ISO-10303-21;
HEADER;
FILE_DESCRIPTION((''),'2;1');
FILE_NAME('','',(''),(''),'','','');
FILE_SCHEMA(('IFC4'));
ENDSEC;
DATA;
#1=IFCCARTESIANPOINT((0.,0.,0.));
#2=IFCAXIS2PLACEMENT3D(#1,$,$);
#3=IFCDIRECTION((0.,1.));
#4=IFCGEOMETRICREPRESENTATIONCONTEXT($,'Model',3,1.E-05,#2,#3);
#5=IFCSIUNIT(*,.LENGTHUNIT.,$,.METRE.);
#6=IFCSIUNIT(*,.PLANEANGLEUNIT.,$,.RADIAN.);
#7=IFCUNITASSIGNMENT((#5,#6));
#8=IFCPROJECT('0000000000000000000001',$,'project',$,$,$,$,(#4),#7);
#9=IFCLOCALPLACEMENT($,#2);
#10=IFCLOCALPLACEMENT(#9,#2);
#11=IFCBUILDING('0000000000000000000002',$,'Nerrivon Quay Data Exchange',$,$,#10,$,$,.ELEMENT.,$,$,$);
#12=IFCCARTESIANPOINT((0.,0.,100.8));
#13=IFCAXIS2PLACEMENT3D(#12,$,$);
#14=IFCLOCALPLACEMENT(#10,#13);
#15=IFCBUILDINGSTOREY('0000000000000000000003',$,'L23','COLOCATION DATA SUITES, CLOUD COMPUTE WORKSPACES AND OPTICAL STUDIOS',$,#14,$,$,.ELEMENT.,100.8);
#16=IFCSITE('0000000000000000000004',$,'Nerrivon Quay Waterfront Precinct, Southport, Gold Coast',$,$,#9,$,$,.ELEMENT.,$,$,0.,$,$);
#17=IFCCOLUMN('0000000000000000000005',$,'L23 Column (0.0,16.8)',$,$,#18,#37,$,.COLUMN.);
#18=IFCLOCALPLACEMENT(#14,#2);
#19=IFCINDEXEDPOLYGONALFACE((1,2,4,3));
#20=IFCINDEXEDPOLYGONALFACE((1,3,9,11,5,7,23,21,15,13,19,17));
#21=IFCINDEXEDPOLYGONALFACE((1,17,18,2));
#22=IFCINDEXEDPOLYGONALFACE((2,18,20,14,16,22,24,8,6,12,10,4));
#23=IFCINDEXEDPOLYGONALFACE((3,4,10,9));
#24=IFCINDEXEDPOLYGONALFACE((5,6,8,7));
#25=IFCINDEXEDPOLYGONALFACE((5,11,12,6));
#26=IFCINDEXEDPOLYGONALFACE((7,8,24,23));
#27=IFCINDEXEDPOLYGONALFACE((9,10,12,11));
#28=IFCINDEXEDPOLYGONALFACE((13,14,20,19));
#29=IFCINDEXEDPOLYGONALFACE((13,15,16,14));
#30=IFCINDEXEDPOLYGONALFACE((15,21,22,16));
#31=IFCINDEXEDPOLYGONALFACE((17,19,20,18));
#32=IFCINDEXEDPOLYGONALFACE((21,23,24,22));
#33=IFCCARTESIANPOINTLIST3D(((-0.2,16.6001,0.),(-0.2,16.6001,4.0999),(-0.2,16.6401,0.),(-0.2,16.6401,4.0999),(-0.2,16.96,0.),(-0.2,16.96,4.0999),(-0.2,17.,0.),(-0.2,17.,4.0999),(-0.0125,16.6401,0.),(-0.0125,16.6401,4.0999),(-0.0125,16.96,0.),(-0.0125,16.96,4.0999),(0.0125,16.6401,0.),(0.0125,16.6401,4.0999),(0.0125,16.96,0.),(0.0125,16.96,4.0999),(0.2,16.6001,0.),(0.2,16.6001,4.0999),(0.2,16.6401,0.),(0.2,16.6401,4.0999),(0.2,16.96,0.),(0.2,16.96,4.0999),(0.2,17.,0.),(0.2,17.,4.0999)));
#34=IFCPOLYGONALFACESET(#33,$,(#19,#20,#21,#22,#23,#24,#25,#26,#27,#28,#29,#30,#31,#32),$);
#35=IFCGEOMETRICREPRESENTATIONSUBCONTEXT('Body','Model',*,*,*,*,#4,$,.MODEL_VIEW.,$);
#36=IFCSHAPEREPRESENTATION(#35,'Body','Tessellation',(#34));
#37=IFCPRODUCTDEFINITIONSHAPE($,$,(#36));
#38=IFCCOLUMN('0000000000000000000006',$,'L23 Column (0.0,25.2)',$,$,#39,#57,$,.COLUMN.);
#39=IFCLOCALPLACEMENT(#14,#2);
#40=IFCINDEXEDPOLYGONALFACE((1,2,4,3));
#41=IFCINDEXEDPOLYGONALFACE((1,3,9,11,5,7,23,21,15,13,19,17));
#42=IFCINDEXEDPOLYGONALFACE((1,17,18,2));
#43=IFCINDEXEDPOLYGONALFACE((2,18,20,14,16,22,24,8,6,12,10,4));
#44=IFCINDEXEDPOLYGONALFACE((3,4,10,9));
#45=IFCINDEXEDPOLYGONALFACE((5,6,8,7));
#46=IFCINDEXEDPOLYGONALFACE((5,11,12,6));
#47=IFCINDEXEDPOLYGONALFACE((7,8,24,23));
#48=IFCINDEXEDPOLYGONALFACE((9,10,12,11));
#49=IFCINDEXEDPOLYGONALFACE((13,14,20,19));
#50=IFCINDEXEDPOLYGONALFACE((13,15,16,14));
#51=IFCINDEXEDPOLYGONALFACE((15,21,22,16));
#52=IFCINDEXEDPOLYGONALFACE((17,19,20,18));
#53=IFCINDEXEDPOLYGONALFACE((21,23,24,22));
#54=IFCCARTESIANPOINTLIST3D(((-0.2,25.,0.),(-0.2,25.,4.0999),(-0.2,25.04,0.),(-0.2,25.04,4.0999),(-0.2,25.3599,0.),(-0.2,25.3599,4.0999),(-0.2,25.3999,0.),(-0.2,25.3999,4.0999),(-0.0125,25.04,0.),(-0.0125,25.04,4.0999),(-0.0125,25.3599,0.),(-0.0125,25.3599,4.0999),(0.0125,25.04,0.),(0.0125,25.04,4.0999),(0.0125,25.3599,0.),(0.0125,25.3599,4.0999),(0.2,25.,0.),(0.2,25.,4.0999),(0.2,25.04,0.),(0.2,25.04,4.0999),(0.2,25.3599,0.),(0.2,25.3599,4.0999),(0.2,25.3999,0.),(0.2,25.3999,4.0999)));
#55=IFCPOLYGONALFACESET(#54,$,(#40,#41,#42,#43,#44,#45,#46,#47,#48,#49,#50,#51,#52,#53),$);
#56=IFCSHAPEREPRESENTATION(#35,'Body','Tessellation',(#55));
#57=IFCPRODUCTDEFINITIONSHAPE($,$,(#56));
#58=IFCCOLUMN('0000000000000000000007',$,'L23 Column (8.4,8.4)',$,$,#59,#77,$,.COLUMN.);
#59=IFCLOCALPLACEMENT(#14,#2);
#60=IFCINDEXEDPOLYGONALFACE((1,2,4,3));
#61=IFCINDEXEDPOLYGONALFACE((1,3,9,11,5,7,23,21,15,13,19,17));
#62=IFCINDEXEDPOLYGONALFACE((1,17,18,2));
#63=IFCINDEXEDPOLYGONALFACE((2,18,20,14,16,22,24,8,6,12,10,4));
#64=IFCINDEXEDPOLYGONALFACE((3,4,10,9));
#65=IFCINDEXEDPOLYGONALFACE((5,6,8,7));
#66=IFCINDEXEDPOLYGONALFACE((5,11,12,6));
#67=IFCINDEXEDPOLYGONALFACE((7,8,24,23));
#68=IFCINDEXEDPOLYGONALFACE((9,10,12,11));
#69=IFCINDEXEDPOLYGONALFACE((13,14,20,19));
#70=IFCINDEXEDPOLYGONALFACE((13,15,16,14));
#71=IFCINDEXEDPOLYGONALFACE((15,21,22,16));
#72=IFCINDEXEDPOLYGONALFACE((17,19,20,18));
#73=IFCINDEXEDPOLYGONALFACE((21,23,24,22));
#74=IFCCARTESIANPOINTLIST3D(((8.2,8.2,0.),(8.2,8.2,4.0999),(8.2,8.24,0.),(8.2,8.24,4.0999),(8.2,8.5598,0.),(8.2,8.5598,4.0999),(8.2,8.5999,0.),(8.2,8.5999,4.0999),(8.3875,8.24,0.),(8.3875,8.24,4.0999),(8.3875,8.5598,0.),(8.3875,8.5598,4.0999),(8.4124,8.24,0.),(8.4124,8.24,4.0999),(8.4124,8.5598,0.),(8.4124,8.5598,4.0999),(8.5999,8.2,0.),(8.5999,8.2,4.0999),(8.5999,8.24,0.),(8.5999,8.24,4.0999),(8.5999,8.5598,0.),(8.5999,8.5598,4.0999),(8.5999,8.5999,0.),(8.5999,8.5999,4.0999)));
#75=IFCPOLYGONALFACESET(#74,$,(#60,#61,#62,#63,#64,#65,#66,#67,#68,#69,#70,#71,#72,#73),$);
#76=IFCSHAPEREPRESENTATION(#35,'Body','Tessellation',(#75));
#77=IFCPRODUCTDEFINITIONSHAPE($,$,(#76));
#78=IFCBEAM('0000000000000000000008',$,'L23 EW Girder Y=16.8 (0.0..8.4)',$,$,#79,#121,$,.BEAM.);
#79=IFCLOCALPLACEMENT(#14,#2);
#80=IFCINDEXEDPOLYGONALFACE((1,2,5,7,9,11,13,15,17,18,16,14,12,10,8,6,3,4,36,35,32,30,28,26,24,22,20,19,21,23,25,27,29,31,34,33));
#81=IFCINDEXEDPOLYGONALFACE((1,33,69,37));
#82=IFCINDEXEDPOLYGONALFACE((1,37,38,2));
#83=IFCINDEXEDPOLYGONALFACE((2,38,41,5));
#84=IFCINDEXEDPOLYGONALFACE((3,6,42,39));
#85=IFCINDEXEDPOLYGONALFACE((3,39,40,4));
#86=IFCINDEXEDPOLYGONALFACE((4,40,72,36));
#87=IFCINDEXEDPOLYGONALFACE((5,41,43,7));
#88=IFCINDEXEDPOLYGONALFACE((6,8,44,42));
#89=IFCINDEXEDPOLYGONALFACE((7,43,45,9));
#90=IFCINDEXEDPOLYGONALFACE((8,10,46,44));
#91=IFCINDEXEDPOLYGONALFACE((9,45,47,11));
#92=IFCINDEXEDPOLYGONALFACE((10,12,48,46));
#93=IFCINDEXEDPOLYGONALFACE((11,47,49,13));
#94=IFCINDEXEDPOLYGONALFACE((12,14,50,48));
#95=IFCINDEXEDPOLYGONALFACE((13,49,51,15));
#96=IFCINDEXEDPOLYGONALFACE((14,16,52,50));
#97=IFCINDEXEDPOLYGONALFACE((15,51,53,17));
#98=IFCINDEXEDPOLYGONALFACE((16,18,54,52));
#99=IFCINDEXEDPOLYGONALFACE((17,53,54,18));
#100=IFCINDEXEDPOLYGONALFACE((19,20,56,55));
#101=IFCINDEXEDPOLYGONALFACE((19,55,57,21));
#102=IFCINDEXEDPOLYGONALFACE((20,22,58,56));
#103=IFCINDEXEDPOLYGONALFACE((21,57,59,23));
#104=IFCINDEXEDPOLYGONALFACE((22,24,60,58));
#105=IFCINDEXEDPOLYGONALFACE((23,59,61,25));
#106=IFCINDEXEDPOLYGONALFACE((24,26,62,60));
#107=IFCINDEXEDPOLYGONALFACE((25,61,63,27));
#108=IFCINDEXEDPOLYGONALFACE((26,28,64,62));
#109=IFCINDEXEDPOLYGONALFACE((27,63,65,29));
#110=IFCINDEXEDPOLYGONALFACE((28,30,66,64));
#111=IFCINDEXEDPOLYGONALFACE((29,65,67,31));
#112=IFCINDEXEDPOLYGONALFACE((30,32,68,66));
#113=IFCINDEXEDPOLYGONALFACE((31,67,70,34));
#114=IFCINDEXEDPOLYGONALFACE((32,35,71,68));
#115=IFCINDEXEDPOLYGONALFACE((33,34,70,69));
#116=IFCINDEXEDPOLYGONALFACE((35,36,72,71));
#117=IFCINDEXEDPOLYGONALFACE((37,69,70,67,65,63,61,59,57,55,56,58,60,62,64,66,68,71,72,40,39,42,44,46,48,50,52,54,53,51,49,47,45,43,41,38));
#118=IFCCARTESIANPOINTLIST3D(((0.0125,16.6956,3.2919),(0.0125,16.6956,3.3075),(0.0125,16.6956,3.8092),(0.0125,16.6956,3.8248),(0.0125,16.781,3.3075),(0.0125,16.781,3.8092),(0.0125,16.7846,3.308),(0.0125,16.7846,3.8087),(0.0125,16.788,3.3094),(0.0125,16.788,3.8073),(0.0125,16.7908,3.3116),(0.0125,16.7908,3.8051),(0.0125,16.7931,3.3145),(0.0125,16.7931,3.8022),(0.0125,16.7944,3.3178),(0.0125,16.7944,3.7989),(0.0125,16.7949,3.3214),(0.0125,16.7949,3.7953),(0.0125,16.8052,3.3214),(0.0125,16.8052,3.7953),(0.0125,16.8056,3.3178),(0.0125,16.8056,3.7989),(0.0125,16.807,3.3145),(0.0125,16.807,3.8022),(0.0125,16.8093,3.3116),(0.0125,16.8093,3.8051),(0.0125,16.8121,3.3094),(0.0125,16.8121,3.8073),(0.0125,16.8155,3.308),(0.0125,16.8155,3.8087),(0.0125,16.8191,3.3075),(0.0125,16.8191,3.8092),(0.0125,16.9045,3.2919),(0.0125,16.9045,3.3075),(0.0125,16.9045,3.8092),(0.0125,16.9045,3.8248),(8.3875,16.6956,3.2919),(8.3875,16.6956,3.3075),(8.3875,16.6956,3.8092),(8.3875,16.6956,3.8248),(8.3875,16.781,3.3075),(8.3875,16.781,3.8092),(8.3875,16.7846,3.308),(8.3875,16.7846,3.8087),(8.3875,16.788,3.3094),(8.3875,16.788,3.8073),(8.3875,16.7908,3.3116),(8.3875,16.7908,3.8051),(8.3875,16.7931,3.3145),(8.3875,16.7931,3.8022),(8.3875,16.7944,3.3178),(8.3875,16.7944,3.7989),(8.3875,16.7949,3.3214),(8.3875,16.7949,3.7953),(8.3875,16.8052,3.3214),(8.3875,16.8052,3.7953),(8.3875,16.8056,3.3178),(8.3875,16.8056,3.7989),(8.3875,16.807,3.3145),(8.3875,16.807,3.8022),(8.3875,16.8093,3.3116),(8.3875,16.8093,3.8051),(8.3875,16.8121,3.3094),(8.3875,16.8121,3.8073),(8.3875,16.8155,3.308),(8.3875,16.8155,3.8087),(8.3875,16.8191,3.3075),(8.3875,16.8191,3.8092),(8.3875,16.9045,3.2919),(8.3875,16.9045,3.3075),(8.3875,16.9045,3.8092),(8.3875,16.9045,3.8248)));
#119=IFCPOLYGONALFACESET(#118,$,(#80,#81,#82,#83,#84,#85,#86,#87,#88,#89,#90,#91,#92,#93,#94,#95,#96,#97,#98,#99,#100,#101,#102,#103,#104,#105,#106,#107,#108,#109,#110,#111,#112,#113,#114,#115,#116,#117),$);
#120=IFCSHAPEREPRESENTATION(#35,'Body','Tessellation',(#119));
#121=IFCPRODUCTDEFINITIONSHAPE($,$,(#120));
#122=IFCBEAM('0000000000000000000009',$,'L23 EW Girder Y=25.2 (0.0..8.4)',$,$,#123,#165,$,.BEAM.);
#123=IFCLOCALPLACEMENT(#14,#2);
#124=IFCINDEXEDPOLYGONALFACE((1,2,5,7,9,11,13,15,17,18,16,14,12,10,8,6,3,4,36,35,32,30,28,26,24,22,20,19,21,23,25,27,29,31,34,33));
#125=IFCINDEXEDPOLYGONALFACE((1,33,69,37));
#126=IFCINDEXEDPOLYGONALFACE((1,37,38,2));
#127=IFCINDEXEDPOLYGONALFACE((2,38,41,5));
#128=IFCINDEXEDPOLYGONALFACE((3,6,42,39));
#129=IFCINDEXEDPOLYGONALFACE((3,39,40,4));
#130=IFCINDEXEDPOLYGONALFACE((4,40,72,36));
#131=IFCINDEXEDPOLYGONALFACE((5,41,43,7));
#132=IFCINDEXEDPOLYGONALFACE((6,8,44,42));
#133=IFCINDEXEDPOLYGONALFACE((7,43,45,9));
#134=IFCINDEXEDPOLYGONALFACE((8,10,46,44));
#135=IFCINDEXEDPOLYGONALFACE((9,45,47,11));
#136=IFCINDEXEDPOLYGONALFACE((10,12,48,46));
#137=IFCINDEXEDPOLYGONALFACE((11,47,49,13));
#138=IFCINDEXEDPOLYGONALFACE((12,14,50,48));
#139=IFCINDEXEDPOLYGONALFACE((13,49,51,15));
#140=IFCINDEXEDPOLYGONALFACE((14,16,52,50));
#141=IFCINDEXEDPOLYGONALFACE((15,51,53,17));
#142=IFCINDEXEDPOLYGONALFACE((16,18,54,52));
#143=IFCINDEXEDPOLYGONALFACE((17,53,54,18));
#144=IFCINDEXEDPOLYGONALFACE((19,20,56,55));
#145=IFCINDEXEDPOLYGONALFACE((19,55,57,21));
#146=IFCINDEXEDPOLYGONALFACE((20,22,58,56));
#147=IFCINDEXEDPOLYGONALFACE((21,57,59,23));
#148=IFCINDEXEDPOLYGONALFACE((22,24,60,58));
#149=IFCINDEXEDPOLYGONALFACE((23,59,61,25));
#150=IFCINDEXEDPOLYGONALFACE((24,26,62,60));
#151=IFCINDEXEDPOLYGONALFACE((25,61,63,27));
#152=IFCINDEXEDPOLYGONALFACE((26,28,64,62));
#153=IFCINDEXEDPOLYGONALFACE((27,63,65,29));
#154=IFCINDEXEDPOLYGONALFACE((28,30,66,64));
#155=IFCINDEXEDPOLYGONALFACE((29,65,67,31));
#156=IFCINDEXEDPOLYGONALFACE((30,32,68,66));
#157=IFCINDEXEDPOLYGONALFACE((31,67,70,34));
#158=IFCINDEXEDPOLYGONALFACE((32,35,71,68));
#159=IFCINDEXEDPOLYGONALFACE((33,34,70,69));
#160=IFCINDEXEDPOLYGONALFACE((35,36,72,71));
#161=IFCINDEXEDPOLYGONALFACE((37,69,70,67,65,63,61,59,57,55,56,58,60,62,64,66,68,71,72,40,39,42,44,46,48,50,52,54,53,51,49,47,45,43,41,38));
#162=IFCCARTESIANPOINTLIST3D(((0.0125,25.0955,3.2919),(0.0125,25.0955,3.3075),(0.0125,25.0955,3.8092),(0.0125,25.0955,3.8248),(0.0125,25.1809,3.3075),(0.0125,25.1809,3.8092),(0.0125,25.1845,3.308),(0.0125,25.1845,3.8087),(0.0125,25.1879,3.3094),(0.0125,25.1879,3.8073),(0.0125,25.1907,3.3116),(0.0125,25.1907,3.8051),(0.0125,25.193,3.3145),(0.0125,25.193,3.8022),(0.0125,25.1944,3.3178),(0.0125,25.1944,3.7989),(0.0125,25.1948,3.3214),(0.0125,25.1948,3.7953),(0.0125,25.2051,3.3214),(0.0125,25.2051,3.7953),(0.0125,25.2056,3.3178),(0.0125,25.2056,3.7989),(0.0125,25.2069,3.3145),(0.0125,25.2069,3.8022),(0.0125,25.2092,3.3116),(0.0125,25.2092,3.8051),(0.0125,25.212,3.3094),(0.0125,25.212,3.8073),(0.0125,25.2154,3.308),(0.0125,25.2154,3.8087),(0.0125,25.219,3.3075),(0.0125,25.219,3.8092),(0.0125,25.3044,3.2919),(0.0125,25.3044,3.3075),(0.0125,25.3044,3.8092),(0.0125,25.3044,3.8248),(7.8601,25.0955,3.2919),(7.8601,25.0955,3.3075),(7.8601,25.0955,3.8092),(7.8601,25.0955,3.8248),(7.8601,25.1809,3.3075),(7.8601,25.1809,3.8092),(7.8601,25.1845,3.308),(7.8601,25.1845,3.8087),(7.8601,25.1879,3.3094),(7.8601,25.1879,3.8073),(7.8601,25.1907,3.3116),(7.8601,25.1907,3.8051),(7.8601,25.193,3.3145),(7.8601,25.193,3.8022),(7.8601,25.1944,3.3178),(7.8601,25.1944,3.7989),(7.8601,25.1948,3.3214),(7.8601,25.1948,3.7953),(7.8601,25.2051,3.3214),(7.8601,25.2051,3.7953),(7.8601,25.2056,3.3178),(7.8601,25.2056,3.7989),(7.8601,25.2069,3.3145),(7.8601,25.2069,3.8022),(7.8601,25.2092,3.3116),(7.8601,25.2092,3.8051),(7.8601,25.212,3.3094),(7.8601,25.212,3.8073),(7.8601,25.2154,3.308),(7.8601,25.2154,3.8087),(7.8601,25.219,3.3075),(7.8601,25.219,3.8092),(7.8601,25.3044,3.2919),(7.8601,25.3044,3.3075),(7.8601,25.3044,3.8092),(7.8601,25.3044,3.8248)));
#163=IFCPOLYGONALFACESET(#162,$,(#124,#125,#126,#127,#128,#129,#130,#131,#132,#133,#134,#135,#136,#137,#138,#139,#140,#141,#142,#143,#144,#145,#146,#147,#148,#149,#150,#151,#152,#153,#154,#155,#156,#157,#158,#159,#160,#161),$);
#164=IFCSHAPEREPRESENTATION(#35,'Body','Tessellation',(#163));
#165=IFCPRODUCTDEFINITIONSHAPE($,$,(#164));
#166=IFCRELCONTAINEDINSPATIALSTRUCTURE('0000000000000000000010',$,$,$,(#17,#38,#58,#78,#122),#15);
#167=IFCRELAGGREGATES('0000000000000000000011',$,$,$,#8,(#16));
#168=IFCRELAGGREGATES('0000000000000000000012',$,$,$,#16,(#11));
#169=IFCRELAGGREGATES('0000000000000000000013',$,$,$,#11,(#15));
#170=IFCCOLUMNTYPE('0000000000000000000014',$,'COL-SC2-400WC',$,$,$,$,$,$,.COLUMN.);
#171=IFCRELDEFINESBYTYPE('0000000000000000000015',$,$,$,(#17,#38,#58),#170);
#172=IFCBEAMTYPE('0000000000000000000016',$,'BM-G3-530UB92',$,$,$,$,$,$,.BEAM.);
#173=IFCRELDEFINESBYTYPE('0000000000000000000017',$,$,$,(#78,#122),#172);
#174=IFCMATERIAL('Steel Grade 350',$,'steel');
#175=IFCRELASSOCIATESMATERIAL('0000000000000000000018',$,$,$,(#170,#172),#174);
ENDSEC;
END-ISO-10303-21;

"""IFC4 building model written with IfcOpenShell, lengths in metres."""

from ifc_helpers import new_model, si_unit, direction, frame, origin, origin_2d, place, context, subcontext, project, spatial, i_section, extrude, material, material_profile, profile_set, type_object, element, save


model = new_model("IFC4")

# Units and contexts
model_context = context("Model", 3, precision=1e-05, world=origin(), true_north=direction((0.0, 1.0)))
body_context = subcontext(model_context, "Body", "Model", "MODEL_VIEW")
ifc_project = project(units=[si_unit("LENGTHUNIT", "METRE"), si_unit("PLANEANGLEUNIT", "RADIAN")], contexts=[model_context])

# Site, building, storey
site_placement = place(None, origin())
site = spatial("IfcSite", under=ifc_project, at=site_placement, Name="Nerrivon Quay Waterfront Precinct, Southport, Gold Coast", CompositionType="ELEMENT", RefElevation=0.0)
building_placement = place(site_placement, origin())
building = spatial("IfcBuilding", under=site, at=building_placement, Name="Nerrivon Quay Data Exchange", CompositionType="ELEMENT")
storey_placement = place(building_placement, frame((0.0, 0.0, 100.8)))
storey = spatial("IfcBuildingStorey", under=building, at=storey_placement, Name="L23", Description="COLOCATION DATA SUITES, CLOUD COMPUTE WORKSPACES AND OPTICAL STUDIOS", CompositionType="ELEMENT", Elevation=100.8)

# Columns
ifc_material_1 = material(Name="Steel Grade 350", Category="steel")
ifc_material_profile_1 = material_profile(ifc_material_1, i_section(OverallWidth=0.3999, OverallDepth=0.3999, WebThickness=0.0249, FlangeThickness=0.04, at=origin_2d()), Name="400WC328")
ifc_profile_set_1 = profile_set([ifc_material_profile_1], Name="Steel Grade 350")
column_type = type_object("IfcColumnType", Name="COL-SC2-400WC", PredefinedType="COLUMN", material=ifc_profile_set_1)
for number, where, z_axis, x_axis, name in (
    (1, (0.0, 16.8, 0.0), (0.0, 0.0, 1.0), (1.0, 0.0, 0.0), "L23 Column (0.0,16.8)"),
    (2, (0.0, 25.2, 0.0), (0.0, 0.0, 1.0), (1.0, 0.0, 0.0), "L23 Column (0.0,25.2)"),
    (3, (8.3999, 8.3999, 0.0), (0.0, 0.0, 1.0), (1.0, 0.0, 0.0), "L23 Column (8.4,8.4)"),
):
    element("IfcColumn", number, at=place(storey_placement, frame(where, z_axis=z_axis, x_axis=x_axis)), inside=storey, type_object=column_type, Name=name, PredefinedType="COLUMN", context=body_context, shape_type="SweptSolid", body=[
        extrude(i_section(OverallWidth=0.3999, OverallDepth=0.3999, WebThickness=0.0249, FlangeThickness=0.04, at=origin_2d()), origin(), (0.0, 0.0, 1.0), 4.0999),
    ])

# Beams
ifc_material_profile_2 = material_profile(ifc_material_1, i_section(OverallWidth=0.209, OverallDepth=0.533, WebThickness=0.0103, FlangeThickness=0.0156, FilletRadius=0.0139, at=origin_2d()), Name="530UB92.4")
ifc_profile_set_2 = profile_set([ifc_material_profile_2], Name="Steel Grade 350")
beam_type_1 = type_object("IfcBeamType", Name="BM-G3-530UB92", PredefinedType="BEAM", material=ifc_profile_set_2)
beam_1_placement = place(storey_placement, frame((0.0125, 16.8, 3.5583), z_axis=(1.0, 0.0, 0.0), x_axis=(0.0, 1.0, 0.0)))
element("IfcBeam", 4, at=beam_1_placement, inside=storey, type_object=beam_type_1, Name="L23 EW Girder Y=16.8 (0.0..8.4)", PredefinedType="BEAM", context=body_context, shape_type="SweptSolid", body=[
    extrude(i_section(OverallWidth=0.209, OverallDepth=0.533, WebThickness=0.0103, FlangeThickness=0.0156, FilletRadius=0.0139, at=origin_2d()), origin(), (0.0, 0.0, 1.0), 8.375),
])
beam_2_placement = place(storey_placement, frame((0.0125, 25.2, 3.5583), z_axis=(1.0, 0.0, 0.0), x_axis=(0.0, 1.0, 0.0)))
element("IfcBeam", 5, at=beam_2_placement, inside=storey, type_object=beam_type_1, Name="L23 EW Girder Y=25.2 (0.0..8.4)", PredefinedType="BEAM", context=body_context, shape_type="SweptSolid", body=[
    extrude(i_section(OverallWidth=0.209, OverallDepth=0.533, WebThickness=0.0103, FlangeThickness=0.0156, FilletRadius=0.0139, at=origin_2d()), origin(), (0.0, 0.0, 1.0), 7.8477),
])

save(model, "model.ifc")
